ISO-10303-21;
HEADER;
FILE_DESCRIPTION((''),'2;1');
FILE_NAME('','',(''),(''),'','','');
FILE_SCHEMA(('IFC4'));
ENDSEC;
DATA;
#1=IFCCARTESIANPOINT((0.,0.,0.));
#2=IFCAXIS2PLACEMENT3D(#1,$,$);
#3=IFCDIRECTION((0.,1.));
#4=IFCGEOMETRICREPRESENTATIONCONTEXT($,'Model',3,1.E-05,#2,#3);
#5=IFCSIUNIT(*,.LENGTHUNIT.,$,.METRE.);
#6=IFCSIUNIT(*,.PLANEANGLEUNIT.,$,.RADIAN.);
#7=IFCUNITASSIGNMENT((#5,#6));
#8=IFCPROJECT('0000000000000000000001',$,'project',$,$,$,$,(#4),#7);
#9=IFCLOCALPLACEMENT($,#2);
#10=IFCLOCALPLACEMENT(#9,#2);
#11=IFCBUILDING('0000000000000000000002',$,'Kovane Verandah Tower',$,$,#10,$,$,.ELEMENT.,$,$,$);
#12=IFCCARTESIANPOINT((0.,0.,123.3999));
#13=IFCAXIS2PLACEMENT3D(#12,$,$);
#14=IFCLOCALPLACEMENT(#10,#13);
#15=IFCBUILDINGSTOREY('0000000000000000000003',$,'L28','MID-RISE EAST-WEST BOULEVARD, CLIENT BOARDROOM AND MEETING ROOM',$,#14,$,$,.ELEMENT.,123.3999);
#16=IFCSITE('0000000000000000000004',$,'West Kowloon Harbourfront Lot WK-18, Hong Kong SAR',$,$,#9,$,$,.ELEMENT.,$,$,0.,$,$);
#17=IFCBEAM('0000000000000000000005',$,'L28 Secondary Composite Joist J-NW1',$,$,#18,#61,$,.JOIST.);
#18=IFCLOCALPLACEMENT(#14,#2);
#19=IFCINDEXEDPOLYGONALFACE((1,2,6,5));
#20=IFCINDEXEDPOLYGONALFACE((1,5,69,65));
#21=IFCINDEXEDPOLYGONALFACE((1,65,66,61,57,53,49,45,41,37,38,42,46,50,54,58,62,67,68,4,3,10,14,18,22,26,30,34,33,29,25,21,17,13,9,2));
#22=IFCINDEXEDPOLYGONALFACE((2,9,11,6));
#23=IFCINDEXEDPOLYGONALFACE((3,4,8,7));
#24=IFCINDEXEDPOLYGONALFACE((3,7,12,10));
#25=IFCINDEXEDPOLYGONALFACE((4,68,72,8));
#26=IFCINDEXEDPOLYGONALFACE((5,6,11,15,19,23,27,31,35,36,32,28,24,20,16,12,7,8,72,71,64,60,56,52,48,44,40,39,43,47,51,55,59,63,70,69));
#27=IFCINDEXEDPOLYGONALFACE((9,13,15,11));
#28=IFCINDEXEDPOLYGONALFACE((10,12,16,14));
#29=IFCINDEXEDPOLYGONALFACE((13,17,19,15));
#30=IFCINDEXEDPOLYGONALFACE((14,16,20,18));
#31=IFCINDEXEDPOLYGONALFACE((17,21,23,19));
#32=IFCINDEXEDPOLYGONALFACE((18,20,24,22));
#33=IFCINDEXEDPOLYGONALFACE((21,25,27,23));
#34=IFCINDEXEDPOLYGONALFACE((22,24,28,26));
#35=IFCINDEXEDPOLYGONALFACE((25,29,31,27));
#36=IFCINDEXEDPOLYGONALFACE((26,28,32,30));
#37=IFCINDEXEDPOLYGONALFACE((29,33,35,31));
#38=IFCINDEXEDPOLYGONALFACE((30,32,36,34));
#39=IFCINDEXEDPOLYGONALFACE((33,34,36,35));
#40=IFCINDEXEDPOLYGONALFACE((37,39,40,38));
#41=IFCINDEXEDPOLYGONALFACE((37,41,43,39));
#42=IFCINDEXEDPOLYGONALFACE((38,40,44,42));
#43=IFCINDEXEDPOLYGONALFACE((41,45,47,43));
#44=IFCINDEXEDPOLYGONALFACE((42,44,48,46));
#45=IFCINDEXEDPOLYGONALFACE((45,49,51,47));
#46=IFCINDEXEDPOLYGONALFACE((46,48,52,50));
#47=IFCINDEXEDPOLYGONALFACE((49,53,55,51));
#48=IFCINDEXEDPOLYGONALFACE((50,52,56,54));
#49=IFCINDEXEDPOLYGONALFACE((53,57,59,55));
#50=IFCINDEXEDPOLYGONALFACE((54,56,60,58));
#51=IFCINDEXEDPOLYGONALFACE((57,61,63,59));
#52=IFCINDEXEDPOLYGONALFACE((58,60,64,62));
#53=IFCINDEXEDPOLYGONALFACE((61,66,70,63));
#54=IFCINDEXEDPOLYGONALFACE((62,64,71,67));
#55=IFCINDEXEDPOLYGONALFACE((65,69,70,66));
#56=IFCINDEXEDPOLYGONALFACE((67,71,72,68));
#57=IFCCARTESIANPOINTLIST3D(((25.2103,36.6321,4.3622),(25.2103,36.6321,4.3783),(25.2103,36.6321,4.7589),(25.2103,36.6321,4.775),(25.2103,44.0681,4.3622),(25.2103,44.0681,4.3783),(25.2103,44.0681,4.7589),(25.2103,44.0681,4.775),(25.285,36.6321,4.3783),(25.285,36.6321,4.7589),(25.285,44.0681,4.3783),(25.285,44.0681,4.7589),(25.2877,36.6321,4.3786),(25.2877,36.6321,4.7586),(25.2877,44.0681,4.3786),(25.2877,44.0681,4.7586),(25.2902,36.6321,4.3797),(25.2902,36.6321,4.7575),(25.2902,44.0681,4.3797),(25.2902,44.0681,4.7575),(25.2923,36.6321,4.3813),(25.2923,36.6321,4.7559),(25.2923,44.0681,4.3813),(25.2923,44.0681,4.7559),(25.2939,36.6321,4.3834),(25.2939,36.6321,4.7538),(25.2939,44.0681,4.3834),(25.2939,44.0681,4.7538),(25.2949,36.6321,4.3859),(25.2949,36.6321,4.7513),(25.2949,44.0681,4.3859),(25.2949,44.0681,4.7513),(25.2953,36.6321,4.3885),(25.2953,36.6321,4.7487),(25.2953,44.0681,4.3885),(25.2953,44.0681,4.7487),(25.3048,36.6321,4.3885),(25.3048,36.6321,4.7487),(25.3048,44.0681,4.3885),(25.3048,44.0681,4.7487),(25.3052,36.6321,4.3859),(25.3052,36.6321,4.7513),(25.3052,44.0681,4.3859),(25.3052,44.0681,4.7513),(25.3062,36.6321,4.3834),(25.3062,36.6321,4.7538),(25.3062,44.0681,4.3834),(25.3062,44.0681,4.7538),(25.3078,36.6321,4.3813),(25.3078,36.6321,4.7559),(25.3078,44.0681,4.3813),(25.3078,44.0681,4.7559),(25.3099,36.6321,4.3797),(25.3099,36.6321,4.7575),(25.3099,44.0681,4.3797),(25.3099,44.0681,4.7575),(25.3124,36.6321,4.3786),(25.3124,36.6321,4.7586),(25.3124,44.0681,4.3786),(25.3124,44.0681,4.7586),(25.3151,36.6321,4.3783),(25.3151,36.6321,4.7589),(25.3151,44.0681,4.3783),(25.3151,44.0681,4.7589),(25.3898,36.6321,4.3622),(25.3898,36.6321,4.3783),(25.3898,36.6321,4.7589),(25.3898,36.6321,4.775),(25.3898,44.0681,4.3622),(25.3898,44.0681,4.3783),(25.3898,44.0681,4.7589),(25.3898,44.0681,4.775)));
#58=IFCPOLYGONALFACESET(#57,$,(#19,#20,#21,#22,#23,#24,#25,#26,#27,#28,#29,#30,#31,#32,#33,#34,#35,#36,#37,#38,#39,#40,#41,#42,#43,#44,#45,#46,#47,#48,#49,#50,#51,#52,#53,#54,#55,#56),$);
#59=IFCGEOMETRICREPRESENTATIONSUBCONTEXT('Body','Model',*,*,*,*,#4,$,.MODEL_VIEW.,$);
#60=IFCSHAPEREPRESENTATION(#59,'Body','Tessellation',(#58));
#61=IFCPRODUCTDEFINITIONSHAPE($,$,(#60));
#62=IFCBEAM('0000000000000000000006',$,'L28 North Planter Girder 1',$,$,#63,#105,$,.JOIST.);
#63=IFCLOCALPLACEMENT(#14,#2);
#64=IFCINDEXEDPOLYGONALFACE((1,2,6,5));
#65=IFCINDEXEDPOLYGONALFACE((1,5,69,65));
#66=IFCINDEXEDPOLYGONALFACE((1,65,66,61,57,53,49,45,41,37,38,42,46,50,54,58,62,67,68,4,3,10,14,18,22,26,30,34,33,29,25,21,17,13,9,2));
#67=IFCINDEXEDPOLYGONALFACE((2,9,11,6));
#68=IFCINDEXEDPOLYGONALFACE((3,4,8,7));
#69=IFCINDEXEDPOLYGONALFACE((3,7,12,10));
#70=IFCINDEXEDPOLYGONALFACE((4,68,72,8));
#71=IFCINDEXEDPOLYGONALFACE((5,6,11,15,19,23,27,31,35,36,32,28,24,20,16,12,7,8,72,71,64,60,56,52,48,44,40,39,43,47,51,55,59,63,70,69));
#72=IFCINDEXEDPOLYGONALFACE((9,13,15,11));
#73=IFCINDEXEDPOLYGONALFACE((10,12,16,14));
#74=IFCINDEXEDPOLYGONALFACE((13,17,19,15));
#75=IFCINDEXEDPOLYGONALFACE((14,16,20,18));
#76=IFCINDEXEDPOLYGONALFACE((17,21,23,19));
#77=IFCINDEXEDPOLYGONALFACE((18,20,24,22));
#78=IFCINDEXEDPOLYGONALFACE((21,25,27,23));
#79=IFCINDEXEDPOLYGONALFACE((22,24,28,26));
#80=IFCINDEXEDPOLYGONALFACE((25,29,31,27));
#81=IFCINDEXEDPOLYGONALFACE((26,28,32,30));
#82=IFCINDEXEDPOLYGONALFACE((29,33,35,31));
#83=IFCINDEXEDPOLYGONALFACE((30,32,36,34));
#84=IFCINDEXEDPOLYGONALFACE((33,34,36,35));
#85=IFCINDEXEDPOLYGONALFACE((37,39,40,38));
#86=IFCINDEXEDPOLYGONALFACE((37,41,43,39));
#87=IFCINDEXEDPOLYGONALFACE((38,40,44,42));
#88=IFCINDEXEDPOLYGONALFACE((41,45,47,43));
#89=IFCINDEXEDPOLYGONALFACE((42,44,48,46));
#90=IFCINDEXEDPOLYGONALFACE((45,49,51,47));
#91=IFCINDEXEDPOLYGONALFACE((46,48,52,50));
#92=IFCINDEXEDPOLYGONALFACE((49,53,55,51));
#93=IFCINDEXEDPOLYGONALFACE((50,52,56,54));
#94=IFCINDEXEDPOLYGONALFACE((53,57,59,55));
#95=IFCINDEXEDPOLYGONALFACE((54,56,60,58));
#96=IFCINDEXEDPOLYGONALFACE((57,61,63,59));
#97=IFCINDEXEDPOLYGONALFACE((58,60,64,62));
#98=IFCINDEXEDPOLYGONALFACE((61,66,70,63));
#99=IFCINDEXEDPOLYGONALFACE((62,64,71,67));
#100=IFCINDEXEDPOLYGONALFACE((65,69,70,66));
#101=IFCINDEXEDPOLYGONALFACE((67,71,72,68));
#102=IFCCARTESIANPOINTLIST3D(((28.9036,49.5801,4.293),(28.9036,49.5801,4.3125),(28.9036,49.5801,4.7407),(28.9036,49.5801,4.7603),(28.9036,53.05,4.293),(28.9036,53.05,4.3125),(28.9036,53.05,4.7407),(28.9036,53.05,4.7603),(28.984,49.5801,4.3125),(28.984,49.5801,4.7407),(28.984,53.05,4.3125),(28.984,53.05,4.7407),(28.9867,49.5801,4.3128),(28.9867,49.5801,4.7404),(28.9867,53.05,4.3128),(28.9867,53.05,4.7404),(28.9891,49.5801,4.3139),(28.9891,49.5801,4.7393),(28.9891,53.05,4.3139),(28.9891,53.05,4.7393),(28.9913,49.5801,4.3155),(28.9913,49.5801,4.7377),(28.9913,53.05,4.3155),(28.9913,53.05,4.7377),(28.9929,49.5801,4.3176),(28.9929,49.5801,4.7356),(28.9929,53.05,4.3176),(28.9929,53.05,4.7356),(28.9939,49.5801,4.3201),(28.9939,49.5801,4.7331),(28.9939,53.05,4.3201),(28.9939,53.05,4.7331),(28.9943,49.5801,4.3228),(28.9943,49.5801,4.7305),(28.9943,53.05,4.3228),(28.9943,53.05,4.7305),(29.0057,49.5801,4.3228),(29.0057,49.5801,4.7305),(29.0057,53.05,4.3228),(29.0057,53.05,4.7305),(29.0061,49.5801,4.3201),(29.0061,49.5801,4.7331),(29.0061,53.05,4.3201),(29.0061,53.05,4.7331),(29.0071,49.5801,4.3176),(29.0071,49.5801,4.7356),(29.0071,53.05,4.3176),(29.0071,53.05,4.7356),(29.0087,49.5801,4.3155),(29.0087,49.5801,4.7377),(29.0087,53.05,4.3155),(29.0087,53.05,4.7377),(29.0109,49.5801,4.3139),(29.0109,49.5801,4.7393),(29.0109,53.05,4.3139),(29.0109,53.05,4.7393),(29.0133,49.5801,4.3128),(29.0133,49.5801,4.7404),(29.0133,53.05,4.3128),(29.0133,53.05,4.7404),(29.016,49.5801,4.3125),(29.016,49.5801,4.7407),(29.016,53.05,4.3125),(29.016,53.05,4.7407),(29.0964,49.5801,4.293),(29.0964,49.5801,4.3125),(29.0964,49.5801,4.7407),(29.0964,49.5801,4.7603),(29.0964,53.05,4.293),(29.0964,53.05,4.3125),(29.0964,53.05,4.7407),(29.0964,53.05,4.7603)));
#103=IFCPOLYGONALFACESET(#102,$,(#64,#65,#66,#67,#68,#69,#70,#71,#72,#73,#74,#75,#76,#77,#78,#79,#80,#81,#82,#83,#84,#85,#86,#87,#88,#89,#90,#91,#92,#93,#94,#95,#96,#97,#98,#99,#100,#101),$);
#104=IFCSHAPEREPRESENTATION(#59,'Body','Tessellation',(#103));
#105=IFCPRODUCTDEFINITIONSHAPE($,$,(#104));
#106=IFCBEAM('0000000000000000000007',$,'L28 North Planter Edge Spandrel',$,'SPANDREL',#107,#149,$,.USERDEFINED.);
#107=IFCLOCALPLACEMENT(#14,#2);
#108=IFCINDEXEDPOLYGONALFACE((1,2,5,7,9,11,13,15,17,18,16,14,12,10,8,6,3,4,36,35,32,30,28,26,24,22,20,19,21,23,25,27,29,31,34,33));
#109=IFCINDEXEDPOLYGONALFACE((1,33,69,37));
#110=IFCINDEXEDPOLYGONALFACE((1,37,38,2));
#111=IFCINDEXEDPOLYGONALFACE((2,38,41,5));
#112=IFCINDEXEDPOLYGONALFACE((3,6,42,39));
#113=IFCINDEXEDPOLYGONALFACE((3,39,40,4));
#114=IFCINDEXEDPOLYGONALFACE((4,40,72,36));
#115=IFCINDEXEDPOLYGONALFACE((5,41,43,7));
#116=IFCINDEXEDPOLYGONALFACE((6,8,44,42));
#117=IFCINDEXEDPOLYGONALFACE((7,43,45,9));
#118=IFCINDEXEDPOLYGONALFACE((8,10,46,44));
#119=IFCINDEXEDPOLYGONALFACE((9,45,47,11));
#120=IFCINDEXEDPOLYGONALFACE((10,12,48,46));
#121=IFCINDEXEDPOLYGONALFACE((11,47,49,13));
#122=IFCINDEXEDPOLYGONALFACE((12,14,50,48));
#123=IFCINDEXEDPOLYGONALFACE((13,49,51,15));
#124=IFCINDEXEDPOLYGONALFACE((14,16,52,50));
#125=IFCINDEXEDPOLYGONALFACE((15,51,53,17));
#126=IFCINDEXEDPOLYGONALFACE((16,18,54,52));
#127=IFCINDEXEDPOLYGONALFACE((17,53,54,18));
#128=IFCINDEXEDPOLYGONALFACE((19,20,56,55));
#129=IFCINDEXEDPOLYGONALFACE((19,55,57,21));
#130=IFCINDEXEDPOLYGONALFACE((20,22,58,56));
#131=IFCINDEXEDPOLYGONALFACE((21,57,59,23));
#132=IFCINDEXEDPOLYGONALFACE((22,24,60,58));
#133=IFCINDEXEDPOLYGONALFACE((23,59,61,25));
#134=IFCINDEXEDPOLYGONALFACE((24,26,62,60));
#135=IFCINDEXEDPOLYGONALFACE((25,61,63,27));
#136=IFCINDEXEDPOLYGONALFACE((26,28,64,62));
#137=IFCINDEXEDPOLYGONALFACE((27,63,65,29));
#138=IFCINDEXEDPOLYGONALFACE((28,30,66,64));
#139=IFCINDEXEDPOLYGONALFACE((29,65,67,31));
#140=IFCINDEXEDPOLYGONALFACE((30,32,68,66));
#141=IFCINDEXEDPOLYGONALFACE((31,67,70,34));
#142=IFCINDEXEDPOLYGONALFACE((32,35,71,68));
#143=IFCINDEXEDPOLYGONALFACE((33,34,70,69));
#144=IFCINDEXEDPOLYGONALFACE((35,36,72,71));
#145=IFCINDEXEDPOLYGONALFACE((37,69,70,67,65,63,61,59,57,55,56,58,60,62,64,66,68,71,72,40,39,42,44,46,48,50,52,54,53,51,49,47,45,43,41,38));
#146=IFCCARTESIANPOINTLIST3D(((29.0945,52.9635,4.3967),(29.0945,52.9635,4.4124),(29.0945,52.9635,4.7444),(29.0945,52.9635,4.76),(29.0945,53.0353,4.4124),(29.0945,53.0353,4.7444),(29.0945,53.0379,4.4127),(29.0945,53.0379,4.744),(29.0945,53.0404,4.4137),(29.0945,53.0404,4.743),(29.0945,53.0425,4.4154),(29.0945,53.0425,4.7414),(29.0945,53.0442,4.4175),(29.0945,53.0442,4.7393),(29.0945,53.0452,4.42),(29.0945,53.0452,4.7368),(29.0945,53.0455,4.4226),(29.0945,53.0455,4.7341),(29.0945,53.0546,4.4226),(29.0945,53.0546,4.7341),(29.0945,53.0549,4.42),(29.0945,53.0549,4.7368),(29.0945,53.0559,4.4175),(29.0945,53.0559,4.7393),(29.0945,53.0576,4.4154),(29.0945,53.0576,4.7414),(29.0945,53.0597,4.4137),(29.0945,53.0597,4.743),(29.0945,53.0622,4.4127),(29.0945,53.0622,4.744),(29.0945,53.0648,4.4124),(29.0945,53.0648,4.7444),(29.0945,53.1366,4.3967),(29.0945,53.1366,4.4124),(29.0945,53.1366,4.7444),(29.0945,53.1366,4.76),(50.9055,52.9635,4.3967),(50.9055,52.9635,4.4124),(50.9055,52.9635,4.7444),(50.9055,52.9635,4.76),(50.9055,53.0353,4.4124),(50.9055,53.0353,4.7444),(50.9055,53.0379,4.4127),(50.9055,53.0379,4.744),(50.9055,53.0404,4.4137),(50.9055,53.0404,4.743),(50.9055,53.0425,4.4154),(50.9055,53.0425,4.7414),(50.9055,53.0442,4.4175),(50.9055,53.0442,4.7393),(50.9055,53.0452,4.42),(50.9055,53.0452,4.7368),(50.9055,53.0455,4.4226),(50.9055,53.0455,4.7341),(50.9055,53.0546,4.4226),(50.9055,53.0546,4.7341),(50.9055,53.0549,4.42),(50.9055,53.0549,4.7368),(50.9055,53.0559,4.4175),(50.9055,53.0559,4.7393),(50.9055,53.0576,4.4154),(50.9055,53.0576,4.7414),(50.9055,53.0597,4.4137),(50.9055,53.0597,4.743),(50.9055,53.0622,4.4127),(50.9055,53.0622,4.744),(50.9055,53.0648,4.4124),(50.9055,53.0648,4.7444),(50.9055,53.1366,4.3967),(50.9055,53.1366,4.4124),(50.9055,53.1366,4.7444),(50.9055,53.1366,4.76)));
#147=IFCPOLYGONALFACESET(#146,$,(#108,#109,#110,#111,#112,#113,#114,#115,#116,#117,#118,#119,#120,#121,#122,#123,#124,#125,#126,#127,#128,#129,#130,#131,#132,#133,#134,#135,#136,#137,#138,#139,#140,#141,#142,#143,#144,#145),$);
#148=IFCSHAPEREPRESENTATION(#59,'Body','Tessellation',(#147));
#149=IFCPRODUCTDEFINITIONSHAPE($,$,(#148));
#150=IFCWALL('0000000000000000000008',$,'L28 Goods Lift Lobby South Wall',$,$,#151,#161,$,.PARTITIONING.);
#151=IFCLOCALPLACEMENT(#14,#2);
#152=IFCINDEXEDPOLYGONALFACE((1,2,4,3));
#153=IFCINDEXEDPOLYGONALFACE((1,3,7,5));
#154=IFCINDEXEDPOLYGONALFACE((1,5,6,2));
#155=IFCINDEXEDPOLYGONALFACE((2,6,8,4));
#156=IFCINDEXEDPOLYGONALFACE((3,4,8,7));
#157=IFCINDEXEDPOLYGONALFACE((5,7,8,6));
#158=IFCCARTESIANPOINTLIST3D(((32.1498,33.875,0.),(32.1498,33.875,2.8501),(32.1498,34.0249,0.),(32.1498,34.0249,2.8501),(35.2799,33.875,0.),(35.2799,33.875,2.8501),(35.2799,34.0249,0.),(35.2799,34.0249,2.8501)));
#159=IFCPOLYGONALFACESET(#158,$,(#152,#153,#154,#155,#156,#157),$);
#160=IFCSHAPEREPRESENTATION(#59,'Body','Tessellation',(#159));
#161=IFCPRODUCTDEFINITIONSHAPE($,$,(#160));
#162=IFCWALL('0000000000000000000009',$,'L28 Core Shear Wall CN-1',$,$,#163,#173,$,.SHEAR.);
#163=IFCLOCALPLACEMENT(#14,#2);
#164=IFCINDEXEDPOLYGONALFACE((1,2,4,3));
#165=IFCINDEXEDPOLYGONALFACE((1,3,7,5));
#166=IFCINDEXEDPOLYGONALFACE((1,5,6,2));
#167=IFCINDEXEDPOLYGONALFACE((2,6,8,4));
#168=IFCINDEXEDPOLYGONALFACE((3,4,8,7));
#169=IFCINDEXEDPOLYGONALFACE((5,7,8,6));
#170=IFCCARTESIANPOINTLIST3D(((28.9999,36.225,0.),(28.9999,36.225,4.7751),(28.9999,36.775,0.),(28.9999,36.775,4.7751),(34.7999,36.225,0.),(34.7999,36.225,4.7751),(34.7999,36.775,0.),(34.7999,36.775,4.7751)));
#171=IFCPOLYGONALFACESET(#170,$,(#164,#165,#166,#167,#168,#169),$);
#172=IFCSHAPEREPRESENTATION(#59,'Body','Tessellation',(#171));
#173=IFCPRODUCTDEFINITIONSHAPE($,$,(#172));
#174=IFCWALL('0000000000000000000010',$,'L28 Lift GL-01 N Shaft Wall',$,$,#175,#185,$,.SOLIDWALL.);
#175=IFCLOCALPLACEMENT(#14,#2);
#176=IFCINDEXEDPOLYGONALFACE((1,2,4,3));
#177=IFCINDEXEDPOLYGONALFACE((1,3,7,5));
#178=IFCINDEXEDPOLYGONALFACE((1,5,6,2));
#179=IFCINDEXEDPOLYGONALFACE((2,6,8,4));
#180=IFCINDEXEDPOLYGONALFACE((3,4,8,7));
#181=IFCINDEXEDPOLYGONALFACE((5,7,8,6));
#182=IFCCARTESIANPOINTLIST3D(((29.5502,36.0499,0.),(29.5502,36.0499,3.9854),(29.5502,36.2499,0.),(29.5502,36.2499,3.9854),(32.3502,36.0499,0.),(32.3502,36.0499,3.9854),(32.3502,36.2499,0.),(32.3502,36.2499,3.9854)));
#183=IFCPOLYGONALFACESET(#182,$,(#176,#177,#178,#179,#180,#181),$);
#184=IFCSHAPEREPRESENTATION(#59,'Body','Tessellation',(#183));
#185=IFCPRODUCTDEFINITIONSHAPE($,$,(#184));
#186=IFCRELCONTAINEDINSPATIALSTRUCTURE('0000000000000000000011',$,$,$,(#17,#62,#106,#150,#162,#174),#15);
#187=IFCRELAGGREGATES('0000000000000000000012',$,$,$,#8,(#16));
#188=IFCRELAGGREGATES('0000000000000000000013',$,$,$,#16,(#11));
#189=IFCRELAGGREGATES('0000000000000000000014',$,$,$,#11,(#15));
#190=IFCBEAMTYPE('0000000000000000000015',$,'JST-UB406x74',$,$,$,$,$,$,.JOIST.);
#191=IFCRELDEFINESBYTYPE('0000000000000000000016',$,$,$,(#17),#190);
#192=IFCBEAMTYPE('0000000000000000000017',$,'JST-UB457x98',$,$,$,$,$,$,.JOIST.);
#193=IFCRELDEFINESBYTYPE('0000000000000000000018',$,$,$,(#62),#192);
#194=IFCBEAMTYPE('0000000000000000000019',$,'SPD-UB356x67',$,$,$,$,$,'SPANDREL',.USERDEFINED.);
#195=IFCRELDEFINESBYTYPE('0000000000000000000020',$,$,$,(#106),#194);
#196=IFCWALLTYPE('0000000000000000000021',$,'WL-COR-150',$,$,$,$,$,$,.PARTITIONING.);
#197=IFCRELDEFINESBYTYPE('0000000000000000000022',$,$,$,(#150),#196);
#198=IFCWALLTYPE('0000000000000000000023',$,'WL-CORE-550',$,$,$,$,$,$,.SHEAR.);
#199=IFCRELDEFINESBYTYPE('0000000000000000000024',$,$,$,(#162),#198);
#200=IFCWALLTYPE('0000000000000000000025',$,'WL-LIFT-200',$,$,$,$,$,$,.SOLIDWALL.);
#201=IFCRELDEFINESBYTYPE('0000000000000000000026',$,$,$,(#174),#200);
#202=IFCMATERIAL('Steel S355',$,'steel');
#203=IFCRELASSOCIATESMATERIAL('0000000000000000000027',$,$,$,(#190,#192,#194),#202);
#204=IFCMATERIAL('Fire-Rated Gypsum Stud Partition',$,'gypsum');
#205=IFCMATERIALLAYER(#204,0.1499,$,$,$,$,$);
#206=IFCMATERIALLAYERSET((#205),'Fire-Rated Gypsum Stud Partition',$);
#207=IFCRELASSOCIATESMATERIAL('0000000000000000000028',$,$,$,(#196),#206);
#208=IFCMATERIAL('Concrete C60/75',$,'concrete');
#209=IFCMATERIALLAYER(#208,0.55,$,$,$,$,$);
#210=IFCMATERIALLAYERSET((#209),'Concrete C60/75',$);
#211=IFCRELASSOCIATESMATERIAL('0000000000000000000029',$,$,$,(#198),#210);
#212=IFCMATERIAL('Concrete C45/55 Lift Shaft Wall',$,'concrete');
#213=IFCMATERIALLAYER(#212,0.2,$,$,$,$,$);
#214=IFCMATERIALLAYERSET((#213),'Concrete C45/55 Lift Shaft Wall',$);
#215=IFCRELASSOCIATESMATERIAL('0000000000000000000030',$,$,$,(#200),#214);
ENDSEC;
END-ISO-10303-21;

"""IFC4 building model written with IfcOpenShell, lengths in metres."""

from ifc_helpers import new_model, si_unit, direction, frame, frame_2d, origin, origin_2d, place, context, subcontext, project, spatial, rectangle, i_section, extrude, material, layer, layer_set, material_profile, profile_set, type_object, element, save


model = new_model("IFC4")

# Units and contexts
model_context = context("Model", 3, precision=1e-05, world=origin(), true_north=direction((0.0, 1.0)))
body_context = subcontext(model_context, "Body", "Model", "MODEL_VIEW")
ifc_project = project(units=[si_unit("LENGTHUNIT", "METRE"), si_unit("PLANEANGLEUNIT", "RADIAN")], contexts=[model_context])

# Site, building, storey
site_placement = place(None, origin())
site = spatial("IfcSite", under=ifc_project, at=site_placement, Name="West Kowloon Harbourfront Lot WK-18, Hong Kong SAR", CompositionType="ELEMENT", RefElevation=0.0)
building_placement = place(site_placement, origin())
building = spatial("IfcBuilding", under=site, at=building_placement, Name="Kovane Verandah Tower", CompositionType="ELEMENT")
storey_placement = place(building_placement, frame((0.0, 0.0, 123.3999)))
storey = spatial("IfcBuildingStorey", under=building, at=storey_placement, Name="L28", Description="MID-RISE EAST-WEST BOULEVARD, CLIENT BOARDROOM AND MEETING ROOM", CompositionType="ELEMENT", Elevation=123.3999)

# Beams
ifc_material_1 = material(Name="Concrete C60/75", Category="concrete")
ifc_material_2 = material(Name="Steel S355", Category="steel")
ifc_material_profile_1 = material_profile(ifc_material_2, i_section(OverallWidth=0.1794, OverallDepth=0.4128, WebThickness=0.0095, FlangeThickness=0.0161, FilletRadius=0.0103, at=origin_2d()), Name="UB406x178x74")
ifc_profile_set_1 = profile_set([ifc_material_profile_1], Name="Steel S355")
beam_type_1 = type_object("IfcBeamType", Name="JST-UB406x74", PredefinedType="JOIST", material=ifc_profile_set_1)
beam_1_placement = place(storey_placement, frame((25.3, 36.6321, 4.5686), z_axis=(0.0, 1.0, 0.0), x_axis=(-1.0, 0.0, 0.0)))
element("IfcBeam", 1, at=beam_1_placement, inside=storey, type_object=beam_type_1, Name="L28 Secondary Composite Joist J-NW1", PredefinedType="JOIST", context=body_context, shape_type="SweptSolid", body=[
    extrude(i_section(OverallWidth=0.1794, OverallDepth=0.4128, WebThickness=0.0095, FlangeThickness=0.0161, FilletRadius=0.0103, at=origin_2d()), origin(), (0.0, 0.0, 1.0), 7.436),
])
ifc_material_profile_2 = material_profile(ifc_material_2, i_section(OverallWidth=0.1929, OverallDepth=0.4673, WebThickness=0.0115, FlangeThickness=0.0195, FilletRadius=0.0103, at=origin_2d()), Name="UB457x191x98")
ifc_profile_set_2 = profile_set([ifc_material_profile_2], Name="Steel S355")
beam_type_2 = type_object("IfcBeamType", Name="JST-UB457x98", PredefinedType="JOIST", material=ifc_profile_set_2)
beam_2_placement = place(storey_placement, frame((29.0, 49.5801, 4.5266), z_axis=(0.0, 1.0, 0.0), x_axis=(-1.0, 0.0, 0.0)))
element("IfcBeam", 2, at=beam_2_placement, inside=storey, type_object=beam_type_2, Name="L28 North Planter Girder 1", PredefinedType="JOIST", context=body_context, shape_type="SweptSolid", body=[
    extrude(i_section(OverallWidth=0.1929, OverallDepth=0.4673, WebThickness=0.0115, FlangeThickness=0.0195, FilletRadius=0.0103, at=origin_2d()), origin(), (0.0, 0.0, 1.0), 3.47),
])
ifc_material_profile_3 = material_profile(ifc_material_2, i_section(OverallWidth=0.1731, OverallDepth=0.3633, WebThickness=0.009, FlangeThickness=0.0156, FilletRadius=0.0103, at=origin_2d()), Name="UB356x171x67")
ifc_profile_set_3 = profile_set([ifc_material_profile_3], Name="Steel S355")
beam_type_3 = type_object("IfcBeamType", Name="SPD-UB356x67", ElementType="SPANDREL", PredefinedType="USERDEFINED", material=ifc_profile_set_3)
beam_3_placement = place(storey_placement, frame((29.0945, 53.05, 4.5784), z_axis=(1.0, 0.0, 0.0), x_axis=(0.0, 1.0, 0.0)))
element("IfcBeam", 3, at=beam_3_placement, inside=storey, type_object=beam_type_3, Name="L28 North Planter Edge Spandrel", ObjectType="SPANDREL", PredefinedType="USERDEFINED", context=body_context, shape_type="SweptSolid", body=[
    extrude(i_section(OverallWidth=0.1731, OverallDepth=0.3633, WebThickness=0.009, FlangeThickness=0.0156, FilletRadius=0.0103, at=origin_2d()), origin(), (0.0, 0.0, 1.0), 21.811),
])

# Wall
ifc_material_3 = material(Name="Fire-Rated Gypsum Stud Partition", Category="gypsum")
ifc_layer_1 = layer(ifc_material_3, 0.1499)
ifc_layer_set_1 = layer_set([ifc_layer_1], Name="Fire-Rated Gypsum Stud Partition")
wall_type_1 = type_object("IfcWallType", Name="WL-COR-150", PredefinedType="PARTITIONING", material=ifc_layer_set_1)
wall_1_placement = place(storey_placement, frame((32.1499, 33.95, 0.0), z_axis=(0.0, 0.0, 1.0), x_axis=(1.0, 0.0, 0.0)))
element("IfcWall", 4, at=wall_1_placement, inside=storey, type_object=wall_type_1, Name="L28 Goods Lift Lobby South Wall", PredefinedType="PARTITIONING", context=body_context, shape_type="SweptSolid", body=[
    extrude(rectangle(XDim=3.1301, YDim=0.1499, at=frame_2d((1.5649, 0.0))), origin(), (0.0, 0.0, 1.0), 2.8501),
])

# Walls
ifc_layer_2 = layer(ifc_material_1, 0.55)
ifc_layer_set_2 = layer_set([ifc_layer_2], Name="Concrete C60/75")
wall_type_2 = type_object("IfcWallType", Name="WL-CORE-550", PredefinedType="SHEAR", material=ifc_layer_set_2)
wall_2_placement = place(storey_placement, frame((29.0, 36.5, 0.0), z_axis=(0.0, 0.0, 1.0), x_axis=(1.0, 0.0, 0.0)))
element("IfcWall", 5, at=wall_2_placement, inside=storey, type_object=wall_type_2, Name="L28 Core Shear Wall CN-1", PredefinedType="SHEAR", context=body_context, shape_type="SweptSolid", body=[
    extrude(rectangle(XDim=5.8, YDim=0.55, at=frame_2d((2.8999, 0.0))), origin(), (0.0, 0.0, 1.0), 4.7751),
])
ifc_material_4 = material(Name="Concrete C45/55 Lift Shaft Wall", Category="concrete")
ifc_layer_3 = layer(ifc_material_4, 0.2)
ifc_layer_set_3 = layer_set([ifc_layer_3], Name="Concrete C45/55 Lift Shaft Wall")
wall_type_3 = type_object("IfcWallType", Name="WL-LIFT-200", PredefinedType="SOLIDWALL", material=ifc_layer_set_3)
wall_3_placement = place(storey_placement, frame((32.3501, 36.1499, 0.0), z_axis=(0.0, 0.0, 1.0), x_axis=(-1.0, 0.0, 0.0)))
element("IfcWall", 6, at=wall_3_placement, inside=storey, type_object=wall_type_3, Name="L28 Lift GL-01 N Shaft Wall", PredefinedType="SOLIDWALL", context=body_context, shape_type="SweptSolid", body=[
    extrude(rectangle(XDim=2.8, YDim=0.2, at=frame_2d((1.3999, 0.0))), origin(), (0.0, 0.0, 1.0), 3.9854),
])

save(model, "model.ifc")
